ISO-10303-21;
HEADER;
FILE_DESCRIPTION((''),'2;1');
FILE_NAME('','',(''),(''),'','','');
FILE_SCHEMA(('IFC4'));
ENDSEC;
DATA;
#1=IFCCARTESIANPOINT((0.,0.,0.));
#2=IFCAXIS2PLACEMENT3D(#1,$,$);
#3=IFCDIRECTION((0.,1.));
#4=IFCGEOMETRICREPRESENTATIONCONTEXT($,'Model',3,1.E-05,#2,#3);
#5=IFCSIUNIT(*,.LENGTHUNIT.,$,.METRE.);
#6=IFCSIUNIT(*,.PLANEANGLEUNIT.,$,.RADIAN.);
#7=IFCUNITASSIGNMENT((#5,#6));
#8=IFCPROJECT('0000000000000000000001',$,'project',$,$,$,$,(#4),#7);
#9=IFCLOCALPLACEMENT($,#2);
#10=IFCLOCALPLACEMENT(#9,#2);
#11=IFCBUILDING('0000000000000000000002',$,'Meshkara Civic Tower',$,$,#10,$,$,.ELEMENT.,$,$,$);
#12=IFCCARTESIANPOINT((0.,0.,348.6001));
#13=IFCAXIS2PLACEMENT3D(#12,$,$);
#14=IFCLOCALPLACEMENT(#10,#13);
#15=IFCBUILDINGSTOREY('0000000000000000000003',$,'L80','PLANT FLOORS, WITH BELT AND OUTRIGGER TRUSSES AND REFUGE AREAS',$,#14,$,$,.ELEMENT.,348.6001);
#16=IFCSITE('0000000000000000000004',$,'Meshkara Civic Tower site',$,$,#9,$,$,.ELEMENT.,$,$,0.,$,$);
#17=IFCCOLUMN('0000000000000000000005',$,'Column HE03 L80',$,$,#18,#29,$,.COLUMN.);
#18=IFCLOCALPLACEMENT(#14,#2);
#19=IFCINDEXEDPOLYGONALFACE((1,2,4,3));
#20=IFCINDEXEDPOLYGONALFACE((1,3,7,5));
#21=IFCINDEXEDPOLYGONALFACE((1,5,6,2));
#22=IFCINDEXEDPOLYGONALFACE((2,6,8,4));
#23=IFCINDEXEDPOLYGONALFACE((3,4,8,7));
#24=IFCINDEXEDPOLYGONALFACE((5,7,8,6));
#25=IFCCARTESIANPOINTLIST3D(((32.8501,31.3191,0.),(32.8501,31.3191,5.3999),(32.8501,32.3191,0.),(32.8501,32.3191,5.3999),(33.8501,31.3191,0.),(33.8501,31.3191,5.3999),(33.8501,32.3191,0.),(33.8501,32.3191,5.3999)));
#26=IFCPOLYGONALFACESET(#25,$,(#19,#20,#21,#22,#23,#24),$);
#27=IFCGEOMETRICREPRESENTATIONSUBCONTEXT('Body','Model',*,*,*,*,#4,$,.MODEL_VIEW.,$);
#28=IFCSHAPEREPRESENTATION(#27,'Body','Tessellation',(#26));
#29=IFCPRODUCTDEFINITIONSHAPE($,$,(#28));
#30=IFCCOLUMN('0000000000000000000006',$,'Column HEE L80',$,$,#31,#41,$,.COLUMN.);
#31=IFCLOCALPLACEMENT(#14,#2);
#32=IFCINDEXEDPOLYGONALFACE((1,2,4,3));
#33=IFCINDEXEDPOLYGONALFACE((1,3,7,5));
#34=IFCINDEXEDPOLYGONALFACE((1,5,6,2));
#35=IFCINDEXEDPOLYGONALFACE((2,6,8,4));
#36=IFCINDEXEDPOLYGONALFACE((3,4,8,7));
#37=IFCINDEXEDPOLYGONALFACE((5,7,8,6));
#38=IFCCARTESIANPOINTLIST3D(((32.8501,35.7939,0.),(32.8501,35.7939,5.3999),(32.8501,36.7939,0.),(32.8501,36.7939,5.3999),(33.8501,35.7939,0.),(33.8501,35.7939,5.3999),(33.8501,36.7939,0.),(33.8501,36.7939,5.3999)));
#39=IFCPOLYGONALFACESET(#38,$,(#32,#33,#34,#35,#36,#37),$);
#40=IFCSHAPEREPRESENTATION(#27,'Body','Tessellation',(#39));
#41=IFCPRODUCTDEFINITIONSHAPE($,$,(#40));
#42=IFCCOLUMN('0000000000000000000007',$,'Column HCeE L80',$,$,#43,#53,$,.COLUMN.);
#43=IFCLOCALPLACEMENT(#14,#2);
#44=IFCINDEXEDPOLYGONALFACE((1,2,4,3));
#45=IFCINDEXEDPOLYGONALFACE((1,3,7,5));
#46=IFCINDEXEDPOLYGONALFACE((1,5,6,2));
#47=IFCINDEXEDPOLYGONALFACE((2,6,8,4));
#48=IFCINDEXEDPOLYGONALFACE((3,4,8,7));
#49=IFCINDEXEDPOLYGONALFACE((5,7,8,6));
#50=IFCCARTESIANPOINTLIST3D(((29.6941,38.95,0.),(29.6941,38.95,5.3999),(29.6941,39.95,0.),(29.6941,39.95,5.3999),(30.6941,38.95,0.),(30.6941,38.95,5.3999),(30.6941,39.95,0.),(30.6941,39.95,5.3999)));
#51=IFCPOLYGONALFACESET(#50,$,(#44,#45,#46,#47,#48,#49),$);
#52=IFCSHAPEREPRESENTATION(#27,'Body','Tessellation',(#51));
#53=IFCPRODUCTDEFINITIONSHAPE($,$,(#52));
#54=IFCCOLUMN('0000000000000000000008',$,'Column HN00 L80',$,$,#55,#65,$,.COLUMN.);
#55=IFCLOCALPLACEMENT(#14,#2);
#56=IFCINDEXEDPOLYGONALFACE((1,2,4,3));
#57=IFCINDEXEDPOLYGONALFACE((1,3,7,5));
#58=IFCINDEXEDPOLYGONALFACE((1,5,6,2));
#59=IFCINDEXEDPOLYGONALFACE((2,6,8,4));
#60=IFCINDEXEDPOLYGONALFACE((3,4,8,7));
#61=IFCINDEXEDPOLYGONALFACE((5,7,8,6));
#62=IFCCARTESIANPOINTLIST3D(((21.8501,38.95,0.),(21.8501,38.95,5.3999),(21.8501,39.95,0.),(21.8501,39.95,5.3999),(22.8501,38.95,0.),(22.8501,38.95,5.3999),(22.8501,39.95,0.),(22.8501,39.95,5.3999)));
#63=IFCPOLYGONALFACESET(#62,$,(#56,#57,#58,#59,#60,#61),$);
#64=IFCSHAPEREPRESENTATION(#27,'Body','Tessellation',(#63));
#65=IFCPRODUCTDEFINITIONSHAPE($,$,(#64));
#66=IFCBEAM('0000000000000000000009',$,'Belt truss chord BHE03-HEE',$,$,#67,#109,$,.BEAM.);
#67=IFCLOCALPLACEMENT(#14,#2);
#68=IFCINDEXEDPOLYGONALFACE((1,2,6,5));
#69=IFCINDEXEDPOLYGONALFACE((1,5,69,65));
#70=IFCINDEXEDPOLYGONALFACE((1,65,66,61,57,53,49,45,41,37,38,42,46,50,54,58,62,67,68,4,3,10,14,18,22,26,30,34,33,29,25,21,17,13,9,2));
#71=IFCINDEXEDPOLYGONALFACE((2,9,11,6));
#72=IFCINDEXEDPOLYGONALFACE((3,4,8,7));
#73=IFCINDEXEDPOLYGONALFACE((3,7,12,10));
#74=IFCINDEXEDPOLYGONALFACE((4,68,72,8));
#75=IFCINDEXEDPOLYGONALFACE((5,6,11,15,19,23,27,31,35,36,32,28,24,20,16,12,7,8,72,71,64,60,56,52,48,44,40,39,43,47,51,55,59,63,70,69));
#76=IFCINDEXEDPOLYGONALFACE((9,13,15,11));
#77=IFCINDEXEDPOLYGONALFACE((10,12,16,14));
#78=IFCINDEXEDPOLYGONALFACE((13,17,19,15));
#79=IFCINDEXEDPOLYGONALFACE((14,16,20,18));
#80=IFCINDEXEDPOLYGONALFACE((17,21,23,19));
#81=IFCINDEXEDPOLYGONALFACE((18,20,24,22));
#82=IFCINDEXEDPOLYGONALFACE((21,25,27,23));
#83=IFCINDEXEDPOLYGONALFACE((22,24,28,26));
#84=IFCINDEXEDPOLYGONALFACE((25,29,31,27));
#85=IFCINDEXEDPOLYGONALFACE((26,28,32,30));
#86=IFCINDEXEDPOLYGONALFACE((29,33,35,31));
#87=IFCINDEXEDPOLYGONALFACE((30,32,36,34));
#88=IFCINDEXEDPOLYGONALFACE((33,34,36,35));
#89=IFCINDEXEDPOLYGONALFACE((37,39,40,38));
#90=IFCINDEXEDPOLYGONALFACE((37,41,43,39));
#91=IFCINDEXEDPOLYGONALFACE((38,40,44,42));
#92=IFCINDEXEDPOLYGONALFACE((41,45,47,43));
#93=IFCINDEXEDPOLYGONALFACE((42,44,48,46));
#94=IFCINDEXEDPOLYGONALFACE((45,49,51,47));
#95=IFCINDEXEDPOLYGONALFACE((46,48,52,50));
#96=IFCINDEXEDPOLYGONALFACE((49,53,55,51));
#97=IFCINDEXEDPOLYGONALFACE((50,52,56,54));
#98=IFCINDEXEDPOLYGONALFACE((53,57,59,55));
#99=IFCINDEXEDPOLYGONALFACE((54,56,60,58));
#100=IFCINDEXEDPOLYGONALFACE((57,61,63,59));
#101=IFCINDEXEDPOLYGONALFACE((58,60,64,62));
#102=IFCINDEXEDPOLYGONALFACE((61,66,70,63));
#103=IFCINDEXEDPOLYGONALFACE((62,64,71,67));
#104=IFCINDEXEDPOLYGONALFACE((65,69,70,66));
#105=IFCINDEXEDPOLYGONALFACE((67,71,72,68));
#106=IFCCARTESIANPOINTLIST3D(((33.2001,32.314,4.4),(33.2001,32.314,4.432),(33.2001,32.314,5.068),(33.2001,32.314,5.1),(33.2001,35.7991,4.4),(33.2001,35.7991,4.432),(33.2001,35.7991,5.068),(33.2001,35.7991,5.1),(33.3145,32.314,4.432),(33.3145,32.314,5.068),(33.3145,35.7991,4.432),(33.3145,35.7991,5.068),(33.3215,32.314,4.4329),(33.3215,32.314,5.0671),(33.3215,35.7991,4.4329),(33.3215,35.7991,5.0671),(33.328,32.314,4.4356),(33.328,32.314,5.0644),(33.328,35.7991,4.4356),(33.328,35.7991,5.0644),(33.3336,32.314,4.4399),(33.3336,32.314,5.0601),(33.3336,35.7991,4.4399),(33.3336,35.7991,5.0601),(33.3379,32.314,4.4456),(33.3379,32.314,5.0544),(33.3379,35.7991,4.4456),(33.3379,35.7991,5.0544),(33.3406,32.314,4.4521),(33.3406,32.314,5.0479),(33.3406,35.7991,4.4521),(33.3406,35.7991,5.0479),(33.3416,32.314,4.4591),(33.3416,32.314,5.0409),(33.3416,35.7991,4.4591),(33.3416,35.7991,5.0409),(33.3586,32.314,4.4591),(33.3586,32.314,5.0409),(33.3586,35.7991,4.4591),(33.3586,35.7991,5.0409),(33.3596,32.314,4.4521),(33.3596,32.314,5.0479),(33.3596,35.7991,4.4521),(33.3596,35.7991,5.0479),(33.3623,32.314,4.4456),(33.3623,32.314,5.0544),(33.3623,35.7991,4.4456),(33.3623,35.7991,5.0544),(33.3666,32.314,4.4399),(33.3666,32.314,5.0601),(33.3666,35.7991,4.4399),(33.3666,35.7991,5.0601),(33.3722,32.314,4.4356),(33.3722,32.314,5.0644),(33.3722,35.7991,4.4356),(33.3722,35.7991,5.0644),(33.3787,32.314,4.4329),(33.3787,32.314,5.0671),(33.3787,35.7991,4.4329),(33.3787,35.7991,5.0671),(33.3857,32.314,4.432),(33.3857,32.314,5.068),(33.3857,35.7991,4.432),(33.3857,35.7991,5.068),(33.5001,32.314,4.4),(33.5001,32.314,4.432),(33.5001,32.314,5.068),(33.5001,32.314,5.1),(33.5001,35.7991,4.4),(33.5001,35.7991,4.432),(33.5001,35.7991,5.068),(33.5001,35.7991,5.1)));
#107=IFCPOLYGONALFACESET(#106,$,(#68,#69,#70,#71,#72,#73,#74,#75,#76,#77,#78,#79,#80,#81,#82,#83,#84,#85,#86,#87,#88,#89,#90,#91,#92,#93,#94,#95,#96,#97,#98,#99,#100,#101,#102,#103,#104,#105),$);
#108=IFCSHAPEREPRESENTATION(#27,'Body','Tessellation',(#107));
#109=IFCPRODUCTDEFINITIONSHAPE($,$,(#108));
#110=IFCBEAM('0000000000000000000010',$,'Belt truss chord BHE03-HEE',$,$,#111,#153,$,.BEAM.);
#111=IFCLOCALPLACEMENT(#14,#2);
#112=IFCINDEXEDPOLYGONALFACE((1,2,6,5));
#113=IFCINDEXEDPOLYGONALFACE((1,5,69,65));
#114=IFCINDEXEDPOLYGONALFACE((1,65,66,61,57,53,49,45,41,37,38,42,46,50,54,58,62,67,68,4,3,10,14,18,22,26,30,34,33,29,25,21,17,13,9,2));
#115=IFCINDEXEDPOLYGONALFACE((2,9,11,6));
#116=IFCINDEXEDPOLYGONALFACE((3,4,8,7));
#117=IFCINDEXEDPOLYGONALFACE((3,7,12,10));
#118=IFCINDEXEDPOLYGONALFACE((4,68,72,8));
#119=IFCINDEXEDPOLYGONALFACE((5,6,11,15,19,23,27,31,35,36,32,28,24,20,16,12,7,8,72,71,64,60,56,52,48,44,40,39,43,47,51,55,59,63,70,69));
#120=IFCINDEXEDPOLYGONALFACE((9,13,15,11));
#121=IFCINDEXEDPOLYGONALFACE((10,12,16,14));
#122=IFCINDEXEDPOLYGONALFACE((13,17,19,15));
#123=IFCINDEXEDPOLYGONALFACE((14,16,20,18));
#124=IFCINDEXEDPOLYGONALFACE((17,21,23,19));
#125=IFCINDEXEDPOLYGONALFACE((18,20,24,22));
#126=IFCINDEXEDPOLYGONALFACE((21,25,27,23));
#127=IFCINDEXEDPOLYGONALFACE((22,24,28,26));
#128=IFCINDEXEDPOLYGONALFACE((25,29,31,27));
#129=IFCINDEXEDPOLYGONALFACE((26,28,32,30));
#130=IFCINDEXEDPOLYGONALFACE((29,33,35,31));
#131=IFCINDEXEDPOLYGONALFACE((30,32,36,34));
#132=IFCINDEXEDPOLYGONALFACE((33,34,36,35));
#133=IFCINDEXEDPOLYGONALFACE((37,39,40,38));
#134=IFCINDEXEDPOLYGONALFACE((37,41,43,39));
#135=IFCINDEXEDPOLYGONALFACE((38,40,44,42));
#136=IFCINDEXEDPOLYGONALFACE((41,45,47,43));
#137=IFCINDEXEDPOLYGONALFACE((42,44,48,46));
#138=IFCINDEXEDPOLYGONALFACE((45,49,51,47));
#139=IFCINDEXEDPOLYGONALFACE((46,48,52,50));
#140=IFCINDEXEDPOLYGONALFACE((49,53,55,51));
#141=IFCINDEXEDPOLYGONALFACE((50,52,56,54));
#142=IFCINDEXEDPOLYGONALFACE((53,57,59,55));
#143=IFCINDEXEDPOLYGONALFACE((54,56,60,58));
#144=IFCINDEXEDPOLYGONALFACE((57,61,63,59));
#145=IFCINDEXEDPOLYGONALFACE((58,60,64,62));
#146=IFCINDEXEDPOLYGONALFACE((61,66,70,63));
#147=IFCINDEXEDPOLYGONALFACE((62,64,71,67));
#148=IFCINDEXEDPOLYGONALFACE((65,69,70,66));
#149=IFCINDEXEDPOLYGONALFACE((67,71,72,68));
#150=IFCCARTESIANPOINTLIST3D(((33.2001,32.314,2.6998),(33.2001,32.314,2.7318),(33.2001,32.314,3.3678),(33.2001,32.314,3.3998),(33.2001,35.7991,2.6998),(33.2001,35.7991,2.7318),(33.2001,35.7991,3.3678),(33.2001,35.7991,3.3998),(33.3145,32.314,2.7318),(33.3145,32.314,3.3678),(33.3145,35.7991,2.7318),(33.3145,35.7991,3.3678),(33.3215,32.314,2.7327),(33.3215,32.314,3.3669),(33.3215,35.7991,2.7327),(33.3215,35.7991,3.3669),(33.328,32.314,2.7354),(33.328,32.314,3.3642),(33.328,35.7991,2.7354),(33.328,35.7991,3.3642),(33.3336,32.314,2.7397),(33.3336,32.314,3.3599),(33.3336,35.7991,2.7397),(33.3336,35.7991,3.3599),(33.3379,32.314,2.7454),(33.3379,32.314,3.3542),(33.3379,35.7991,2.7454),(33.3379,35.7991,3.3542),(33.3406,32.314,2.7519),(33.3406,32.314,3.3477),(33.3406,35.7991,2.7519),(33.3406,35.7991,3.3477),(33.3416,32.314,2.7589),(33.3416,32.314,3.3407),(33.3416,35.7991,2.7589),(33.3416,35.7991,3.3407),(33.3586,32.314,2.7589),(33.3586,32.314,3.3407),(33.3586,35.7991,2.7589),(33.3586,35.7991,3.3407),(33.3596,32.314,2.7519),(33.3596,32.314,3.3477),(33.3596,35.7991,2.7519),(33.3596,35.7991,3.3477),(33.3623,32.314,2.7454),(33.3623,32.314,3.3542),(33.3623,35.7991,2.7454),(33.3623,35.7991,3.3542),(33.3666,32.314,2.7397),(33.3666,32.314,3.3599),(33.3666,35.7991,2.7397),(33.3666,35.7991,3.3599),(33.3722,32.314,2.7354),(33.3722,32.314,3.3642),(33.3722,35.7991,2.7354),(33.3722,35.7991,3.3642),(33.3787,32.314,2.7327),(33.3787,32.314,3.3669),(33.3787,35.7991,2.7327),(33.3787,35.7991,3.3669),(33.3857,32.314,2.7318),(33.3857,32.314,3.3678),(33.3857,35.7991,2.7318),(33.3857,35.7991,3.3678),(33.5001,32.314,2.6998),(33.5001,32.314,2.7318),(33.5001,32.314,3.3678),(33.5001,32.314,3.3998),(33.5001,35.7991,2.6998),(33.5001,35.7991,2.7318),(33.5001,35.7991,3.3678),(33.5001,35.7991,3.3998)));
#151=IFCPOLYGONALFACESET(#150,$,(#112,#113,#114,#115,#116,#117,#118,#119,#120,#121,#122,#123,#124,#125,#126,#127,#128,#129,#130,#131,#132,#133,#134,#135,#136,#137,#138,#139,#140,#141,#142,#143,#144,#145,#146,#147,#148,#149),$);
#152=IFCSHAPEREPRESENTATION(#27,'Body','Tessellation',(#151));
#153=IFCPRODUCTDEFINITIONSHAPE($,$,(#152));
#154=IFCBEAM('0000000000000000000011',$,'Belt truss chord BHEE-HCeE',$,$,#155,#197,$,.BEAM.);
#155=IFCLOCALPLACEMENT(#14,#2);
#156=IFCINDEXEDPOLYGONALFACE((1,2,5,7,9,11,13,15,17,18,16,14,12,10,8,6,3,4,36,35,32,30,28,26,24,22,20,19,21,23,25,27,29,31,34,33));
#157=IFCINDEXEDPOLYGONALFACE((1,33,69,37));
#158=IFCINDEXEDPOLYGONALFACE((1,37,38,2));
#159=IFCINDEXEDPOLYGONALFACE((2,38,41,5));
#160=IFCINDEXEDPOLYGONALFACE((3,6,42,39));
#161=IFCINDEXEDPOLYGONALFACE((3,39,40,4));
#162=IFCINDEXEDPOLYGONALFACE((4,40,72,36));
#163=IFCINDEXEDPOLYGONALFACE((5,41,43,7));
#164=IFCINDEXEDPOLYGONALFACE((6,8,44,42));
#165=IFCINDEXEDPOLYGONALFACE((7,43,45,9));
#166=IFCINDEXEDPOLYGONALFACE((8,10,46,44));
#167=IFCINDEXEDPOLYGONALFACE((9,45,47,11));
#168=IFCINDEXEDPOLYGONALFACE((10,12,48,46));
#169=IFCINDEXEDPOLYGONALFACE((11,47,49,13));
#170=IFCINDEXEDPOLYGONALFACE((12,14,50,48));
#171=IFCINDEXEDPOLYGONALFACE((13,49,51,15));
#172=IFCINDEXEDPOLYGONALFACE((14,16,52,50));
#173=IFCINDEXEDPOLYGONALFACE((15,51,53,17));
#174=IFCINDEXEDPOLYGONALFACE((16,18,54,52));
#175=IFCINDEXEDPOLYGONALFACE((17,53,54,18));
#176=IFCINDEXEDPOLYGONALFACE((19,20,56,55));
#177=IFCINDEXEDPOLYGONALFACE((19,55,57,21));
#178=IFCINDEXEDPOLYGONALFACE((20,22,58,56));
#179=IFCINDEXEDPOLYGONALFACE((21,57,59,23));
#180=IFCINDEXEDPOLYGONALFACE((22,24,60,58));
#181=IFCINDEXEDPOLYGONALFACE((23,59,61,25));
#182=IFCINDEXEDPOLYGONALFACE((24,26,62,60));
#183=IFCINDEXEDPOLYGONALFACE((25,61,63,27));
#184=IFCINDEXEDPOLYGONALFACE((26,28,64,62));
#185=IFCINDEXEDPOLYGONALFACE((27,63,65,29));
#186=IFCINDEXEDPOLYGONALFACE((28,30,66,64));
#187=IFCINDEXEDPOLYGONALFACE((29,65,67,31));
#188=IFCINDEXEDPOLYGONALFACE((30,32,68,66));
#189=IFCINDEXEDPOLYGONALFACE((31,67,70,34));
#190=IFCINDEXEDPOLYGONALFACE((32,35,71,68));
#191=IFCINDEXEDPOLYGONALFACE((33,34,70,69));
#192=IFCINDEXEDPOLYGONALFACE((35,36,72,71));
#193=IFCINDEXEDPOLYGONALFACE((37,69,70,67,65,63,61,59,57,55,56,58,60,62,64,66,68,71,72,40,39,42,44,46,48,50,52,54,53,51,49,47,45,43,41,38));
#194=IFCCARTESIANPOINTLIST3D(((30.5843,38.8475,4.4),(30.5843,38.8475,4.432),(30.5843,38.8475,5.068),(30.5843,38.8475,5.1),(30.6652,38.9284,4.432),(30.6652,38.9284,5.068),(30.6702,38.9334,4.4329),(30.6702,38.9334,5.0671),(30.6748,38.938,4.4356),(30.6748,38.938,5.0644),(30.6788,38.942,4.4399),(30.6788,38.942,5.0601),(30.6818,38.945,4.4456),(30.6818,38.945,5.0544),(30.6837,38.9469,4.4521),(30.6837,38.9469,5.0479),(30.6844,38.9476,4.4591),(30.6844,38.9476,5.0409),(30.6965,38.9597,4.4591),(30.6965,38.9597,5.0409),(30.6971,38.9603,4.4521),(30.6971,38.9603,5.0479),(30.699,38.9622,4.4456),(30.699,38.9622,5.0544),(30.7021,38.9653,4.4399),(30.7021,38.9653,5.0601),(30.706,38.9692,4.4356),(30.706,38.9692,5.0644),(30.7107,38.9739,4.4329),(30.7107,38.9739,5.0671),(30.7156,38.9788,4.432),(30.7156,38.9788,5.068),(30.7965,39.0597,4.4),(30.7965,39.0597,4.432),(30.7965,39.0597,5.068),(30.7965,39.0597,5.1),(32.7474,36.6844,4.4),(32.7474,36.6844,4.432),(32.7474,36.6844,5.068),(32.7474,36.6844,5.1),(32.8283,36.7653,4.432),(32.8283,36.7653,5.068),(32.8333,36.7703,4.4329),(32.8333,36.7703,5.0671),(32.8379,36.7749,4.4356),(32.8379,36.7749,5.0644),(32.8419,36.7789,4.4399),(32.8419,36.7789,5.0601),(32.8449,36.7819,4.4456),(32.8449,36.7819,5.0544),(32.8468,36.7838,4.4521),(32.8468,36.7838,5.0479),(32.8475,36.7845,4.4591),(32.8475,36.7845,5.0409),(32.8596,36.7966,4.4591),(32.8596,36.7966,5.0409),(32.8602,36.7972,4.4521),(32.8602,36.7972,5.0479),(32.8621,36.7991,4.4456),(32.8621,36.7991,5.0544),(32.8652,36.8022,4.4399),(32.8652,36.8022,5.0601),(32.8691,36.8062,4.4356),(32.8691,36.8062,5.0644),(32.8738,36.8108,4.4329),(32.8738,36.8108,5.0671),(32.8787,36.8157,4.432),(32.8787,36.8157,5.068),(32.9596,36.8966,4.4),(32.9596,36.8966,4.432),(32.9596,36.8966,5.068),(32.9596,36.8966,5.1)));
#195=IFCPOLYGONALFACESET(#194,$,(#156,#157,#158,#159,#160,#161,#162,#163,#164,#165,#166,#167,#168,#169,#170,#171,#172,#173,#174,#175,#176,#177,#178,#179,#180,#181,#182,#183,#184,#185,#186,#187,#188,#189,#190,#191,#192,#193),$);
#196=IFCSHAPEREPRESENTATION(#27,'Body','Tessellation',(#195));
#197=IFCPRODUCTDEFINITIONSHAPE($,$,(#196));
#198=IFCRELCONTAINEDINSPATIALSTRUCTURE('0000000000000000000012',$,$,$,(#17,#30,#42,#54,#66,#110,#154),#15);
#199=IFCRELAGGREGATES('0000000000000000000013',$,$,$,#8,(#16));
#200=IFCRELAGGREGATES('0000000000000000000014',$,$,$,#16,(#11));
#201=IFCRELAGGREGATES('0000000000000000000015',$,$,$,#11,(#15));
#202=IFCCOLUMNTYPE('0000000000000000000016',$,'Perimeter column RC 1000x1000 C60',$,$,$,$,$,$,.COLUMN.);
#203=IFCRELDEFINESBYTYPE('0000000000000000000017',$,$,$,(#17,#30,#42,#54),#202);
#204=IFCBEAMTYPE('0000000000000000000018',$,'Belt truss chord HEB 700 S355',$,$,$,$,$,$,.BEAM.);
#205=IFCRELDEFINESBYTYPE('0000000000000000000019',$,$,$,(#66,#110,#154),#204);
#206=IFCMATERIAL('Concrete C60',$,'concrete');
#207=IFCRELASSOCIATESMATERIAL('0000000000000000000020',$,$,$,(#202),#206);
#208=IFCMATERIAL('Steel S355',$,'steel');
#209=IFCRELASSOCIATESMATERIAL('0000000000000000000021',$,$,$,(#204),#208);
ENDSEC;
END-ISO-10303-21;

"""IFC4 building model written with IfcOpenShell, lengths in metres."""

from ifc_helpers import new_model, si_unit, direction, frame, origin, origin_2d, place, context, subcontext, project, spatial, rectangle, i_section, extrude, material, material_profile, profile_set, type_object, element, save


model = new_model("IFC4")

# Units and contexts
model_context = context("Model", 3, precision=1e-05, world=origin(), true_north=direction((0.0, 1.0)))
body_context = subcontext(model_context, "Body", "Model", "MODEL_VIEW")
ifc_project = project(units=[si_unit("LENGTHUNIT", "METRE"), si_unit("PLANEANGLEUNIT", "RADIAN")], contexts=[model_context])

# Site, building, storey
site_placement = place(None, origin())
site = spatial("IfcSite", under=ifc_project, at=site_placement, Name="Meshkara Civic Tower site", CompositionType="ELEMENT", RefElevation=0.0)
building_placement = place(site_placement, origin())
building = spatial("IfcBuilding", under=site, at=building_placement, Name="Meshkara Civic Tower", CompositionType="ELEMENT")
storey_placement = place(building_placement, frame((0.0, 0.0, 348.6001)))
storey = spatial("IfcBuildingStorey", under=building, at=storey_placement, Name="L80", Description="PLANT FLOORS, WITH BELT AND OUTRIGGER TRUSSES AND REFUGE AREAS", CompositionType="ELEMENT", Elevation=348.6001)

# Columns
ifc_material_1 = material(Name="Concrete C60", Category="concrete")
ifc_material_profile_1 = material_profile(ifc_material_1, rectangle(XDim=1.0, YDim=1.0, at=origin_2d()))
ifc_profile_set_1 = profile_set([ifc_material_profile_1], Name="Concrete C60")
column_type = type_object("IfcColumnType", Name="Perimeter column RC 1000x1000 C60", PredefinedType="COLUMN", material=ifc_profile_set_1)
for number, where, z_axis, x_axis, name in (
    (1, (33.3501, 31.8191, 0.0), (0.0, 0.0, 1.0), (1.0, 0.0, 0.0), "Column HE03 L80"),
    (2, (33.3501, 36.2939, 0.0), (0.0, 0.0, 1.0), (1.0, 0.0, 0.0), "Column HEE L80"),
    (3, (30.1941, 39.45, 0.0), (0.0, 0.0, 1.0), (1.0, 0.0, 0.0), "Column HCeE L80"),
    (4, (22.3501, 39.45, 0.0), (0.0, 0.0, 1.0), (1.0, 0.0, 0.0), "Column HN00 L80"),
):
    element("IfcColumn", number, at=place(storey_placement, frame(where, z_axis=z_axis, x_axis=x_axis)), inside=storey, type_object=column_type, Name=name, PredefinedType="COLUMN", context=body_context, shape_type="SweptSolid", body=[
        extrude(rectangle(XDim=1.0, YDim=1.0, at=origin_2d()), origin(), (0.0, 0.0, 1.0), 5.3999),
    ])

# Beams
ifc_material_2 = material(Name="Steel S355", Category="steel")
ifc_material_profile_2 = material_profile(ifc_material_2, i_section(OverallWidth=0.3, OverallDepth=0.7, WebThickness=0.0171, FlangeThickness=0.032, FilletRadius=0.0271, at=origin_2d()))
ifc_profile_set_2 = profile_set([ifc_material_profile_2], Name="Steel S355")
beam_type = type_object("IfcBeamType", Name="Belt truss chord HEB 700 S355", PredefinedType="BEAM", material=ifc_profile_set_2)
for number, where, z_axis, x_axis, name in (
    (5, (33.3501, 32.314, 4.75), (0.0, 1.0, 0.0), (-1.0, 0.0, 0.0), "Belt truss chord BHE03-HEE"),
    (6, (33.3501, 32.314, 3.0498), (0.0, 1.0, 0.0), (-1.0, 0.0, 0.0), "Belt truss chord BHE03-HEE"),
):
    element("IfcBeam", number, at=place(storey_placement, frame(where, z_axis=z_axis, x_axis=x_axis)), inside=storey, type_object=beam_type, Name=name, PredefinedType="BEAM", context=body_context, shape_type="SweptSolid", body=[
        extrude(i_section(OverallWidth=0.3, OverallDepth=0.7, WebThickness=0.0171, FlangeThickness=0.032, FilletRadius=0.0271, at=origin_2d()), origin(), (0.0, 0.0, 1.0), 3.4851),
    ])
for number, where, z_axis, x_axis, name in (
    (7, (32.8535, 36.7905, 4.75), (-0.707107, 0.707107, 0.0), (-0.707107, -0.707107, 0.0), "Belt truss chord BHEE-HCeE"),
):
    element("IfcBeam", number, at=place(storey_placement, frame(where, z_axis=z_axis, x_axis=x_axis)), inside=storey, type_object=beam_type, Name=name, PredefinedType="BEAM", context=body_context, shape_type="SweptSolid", body=[
        extrude(i_section(OverallWidth=0.3, OverallDepth=0.7, WebThickness=0.0171, FlangeThickness=0.032, FilletRadius=0.0271, at=origin_2d()), origin(), (0.0, 0.0, 1.0), 3.0591),
    ])

save(model, "model.ifc")
